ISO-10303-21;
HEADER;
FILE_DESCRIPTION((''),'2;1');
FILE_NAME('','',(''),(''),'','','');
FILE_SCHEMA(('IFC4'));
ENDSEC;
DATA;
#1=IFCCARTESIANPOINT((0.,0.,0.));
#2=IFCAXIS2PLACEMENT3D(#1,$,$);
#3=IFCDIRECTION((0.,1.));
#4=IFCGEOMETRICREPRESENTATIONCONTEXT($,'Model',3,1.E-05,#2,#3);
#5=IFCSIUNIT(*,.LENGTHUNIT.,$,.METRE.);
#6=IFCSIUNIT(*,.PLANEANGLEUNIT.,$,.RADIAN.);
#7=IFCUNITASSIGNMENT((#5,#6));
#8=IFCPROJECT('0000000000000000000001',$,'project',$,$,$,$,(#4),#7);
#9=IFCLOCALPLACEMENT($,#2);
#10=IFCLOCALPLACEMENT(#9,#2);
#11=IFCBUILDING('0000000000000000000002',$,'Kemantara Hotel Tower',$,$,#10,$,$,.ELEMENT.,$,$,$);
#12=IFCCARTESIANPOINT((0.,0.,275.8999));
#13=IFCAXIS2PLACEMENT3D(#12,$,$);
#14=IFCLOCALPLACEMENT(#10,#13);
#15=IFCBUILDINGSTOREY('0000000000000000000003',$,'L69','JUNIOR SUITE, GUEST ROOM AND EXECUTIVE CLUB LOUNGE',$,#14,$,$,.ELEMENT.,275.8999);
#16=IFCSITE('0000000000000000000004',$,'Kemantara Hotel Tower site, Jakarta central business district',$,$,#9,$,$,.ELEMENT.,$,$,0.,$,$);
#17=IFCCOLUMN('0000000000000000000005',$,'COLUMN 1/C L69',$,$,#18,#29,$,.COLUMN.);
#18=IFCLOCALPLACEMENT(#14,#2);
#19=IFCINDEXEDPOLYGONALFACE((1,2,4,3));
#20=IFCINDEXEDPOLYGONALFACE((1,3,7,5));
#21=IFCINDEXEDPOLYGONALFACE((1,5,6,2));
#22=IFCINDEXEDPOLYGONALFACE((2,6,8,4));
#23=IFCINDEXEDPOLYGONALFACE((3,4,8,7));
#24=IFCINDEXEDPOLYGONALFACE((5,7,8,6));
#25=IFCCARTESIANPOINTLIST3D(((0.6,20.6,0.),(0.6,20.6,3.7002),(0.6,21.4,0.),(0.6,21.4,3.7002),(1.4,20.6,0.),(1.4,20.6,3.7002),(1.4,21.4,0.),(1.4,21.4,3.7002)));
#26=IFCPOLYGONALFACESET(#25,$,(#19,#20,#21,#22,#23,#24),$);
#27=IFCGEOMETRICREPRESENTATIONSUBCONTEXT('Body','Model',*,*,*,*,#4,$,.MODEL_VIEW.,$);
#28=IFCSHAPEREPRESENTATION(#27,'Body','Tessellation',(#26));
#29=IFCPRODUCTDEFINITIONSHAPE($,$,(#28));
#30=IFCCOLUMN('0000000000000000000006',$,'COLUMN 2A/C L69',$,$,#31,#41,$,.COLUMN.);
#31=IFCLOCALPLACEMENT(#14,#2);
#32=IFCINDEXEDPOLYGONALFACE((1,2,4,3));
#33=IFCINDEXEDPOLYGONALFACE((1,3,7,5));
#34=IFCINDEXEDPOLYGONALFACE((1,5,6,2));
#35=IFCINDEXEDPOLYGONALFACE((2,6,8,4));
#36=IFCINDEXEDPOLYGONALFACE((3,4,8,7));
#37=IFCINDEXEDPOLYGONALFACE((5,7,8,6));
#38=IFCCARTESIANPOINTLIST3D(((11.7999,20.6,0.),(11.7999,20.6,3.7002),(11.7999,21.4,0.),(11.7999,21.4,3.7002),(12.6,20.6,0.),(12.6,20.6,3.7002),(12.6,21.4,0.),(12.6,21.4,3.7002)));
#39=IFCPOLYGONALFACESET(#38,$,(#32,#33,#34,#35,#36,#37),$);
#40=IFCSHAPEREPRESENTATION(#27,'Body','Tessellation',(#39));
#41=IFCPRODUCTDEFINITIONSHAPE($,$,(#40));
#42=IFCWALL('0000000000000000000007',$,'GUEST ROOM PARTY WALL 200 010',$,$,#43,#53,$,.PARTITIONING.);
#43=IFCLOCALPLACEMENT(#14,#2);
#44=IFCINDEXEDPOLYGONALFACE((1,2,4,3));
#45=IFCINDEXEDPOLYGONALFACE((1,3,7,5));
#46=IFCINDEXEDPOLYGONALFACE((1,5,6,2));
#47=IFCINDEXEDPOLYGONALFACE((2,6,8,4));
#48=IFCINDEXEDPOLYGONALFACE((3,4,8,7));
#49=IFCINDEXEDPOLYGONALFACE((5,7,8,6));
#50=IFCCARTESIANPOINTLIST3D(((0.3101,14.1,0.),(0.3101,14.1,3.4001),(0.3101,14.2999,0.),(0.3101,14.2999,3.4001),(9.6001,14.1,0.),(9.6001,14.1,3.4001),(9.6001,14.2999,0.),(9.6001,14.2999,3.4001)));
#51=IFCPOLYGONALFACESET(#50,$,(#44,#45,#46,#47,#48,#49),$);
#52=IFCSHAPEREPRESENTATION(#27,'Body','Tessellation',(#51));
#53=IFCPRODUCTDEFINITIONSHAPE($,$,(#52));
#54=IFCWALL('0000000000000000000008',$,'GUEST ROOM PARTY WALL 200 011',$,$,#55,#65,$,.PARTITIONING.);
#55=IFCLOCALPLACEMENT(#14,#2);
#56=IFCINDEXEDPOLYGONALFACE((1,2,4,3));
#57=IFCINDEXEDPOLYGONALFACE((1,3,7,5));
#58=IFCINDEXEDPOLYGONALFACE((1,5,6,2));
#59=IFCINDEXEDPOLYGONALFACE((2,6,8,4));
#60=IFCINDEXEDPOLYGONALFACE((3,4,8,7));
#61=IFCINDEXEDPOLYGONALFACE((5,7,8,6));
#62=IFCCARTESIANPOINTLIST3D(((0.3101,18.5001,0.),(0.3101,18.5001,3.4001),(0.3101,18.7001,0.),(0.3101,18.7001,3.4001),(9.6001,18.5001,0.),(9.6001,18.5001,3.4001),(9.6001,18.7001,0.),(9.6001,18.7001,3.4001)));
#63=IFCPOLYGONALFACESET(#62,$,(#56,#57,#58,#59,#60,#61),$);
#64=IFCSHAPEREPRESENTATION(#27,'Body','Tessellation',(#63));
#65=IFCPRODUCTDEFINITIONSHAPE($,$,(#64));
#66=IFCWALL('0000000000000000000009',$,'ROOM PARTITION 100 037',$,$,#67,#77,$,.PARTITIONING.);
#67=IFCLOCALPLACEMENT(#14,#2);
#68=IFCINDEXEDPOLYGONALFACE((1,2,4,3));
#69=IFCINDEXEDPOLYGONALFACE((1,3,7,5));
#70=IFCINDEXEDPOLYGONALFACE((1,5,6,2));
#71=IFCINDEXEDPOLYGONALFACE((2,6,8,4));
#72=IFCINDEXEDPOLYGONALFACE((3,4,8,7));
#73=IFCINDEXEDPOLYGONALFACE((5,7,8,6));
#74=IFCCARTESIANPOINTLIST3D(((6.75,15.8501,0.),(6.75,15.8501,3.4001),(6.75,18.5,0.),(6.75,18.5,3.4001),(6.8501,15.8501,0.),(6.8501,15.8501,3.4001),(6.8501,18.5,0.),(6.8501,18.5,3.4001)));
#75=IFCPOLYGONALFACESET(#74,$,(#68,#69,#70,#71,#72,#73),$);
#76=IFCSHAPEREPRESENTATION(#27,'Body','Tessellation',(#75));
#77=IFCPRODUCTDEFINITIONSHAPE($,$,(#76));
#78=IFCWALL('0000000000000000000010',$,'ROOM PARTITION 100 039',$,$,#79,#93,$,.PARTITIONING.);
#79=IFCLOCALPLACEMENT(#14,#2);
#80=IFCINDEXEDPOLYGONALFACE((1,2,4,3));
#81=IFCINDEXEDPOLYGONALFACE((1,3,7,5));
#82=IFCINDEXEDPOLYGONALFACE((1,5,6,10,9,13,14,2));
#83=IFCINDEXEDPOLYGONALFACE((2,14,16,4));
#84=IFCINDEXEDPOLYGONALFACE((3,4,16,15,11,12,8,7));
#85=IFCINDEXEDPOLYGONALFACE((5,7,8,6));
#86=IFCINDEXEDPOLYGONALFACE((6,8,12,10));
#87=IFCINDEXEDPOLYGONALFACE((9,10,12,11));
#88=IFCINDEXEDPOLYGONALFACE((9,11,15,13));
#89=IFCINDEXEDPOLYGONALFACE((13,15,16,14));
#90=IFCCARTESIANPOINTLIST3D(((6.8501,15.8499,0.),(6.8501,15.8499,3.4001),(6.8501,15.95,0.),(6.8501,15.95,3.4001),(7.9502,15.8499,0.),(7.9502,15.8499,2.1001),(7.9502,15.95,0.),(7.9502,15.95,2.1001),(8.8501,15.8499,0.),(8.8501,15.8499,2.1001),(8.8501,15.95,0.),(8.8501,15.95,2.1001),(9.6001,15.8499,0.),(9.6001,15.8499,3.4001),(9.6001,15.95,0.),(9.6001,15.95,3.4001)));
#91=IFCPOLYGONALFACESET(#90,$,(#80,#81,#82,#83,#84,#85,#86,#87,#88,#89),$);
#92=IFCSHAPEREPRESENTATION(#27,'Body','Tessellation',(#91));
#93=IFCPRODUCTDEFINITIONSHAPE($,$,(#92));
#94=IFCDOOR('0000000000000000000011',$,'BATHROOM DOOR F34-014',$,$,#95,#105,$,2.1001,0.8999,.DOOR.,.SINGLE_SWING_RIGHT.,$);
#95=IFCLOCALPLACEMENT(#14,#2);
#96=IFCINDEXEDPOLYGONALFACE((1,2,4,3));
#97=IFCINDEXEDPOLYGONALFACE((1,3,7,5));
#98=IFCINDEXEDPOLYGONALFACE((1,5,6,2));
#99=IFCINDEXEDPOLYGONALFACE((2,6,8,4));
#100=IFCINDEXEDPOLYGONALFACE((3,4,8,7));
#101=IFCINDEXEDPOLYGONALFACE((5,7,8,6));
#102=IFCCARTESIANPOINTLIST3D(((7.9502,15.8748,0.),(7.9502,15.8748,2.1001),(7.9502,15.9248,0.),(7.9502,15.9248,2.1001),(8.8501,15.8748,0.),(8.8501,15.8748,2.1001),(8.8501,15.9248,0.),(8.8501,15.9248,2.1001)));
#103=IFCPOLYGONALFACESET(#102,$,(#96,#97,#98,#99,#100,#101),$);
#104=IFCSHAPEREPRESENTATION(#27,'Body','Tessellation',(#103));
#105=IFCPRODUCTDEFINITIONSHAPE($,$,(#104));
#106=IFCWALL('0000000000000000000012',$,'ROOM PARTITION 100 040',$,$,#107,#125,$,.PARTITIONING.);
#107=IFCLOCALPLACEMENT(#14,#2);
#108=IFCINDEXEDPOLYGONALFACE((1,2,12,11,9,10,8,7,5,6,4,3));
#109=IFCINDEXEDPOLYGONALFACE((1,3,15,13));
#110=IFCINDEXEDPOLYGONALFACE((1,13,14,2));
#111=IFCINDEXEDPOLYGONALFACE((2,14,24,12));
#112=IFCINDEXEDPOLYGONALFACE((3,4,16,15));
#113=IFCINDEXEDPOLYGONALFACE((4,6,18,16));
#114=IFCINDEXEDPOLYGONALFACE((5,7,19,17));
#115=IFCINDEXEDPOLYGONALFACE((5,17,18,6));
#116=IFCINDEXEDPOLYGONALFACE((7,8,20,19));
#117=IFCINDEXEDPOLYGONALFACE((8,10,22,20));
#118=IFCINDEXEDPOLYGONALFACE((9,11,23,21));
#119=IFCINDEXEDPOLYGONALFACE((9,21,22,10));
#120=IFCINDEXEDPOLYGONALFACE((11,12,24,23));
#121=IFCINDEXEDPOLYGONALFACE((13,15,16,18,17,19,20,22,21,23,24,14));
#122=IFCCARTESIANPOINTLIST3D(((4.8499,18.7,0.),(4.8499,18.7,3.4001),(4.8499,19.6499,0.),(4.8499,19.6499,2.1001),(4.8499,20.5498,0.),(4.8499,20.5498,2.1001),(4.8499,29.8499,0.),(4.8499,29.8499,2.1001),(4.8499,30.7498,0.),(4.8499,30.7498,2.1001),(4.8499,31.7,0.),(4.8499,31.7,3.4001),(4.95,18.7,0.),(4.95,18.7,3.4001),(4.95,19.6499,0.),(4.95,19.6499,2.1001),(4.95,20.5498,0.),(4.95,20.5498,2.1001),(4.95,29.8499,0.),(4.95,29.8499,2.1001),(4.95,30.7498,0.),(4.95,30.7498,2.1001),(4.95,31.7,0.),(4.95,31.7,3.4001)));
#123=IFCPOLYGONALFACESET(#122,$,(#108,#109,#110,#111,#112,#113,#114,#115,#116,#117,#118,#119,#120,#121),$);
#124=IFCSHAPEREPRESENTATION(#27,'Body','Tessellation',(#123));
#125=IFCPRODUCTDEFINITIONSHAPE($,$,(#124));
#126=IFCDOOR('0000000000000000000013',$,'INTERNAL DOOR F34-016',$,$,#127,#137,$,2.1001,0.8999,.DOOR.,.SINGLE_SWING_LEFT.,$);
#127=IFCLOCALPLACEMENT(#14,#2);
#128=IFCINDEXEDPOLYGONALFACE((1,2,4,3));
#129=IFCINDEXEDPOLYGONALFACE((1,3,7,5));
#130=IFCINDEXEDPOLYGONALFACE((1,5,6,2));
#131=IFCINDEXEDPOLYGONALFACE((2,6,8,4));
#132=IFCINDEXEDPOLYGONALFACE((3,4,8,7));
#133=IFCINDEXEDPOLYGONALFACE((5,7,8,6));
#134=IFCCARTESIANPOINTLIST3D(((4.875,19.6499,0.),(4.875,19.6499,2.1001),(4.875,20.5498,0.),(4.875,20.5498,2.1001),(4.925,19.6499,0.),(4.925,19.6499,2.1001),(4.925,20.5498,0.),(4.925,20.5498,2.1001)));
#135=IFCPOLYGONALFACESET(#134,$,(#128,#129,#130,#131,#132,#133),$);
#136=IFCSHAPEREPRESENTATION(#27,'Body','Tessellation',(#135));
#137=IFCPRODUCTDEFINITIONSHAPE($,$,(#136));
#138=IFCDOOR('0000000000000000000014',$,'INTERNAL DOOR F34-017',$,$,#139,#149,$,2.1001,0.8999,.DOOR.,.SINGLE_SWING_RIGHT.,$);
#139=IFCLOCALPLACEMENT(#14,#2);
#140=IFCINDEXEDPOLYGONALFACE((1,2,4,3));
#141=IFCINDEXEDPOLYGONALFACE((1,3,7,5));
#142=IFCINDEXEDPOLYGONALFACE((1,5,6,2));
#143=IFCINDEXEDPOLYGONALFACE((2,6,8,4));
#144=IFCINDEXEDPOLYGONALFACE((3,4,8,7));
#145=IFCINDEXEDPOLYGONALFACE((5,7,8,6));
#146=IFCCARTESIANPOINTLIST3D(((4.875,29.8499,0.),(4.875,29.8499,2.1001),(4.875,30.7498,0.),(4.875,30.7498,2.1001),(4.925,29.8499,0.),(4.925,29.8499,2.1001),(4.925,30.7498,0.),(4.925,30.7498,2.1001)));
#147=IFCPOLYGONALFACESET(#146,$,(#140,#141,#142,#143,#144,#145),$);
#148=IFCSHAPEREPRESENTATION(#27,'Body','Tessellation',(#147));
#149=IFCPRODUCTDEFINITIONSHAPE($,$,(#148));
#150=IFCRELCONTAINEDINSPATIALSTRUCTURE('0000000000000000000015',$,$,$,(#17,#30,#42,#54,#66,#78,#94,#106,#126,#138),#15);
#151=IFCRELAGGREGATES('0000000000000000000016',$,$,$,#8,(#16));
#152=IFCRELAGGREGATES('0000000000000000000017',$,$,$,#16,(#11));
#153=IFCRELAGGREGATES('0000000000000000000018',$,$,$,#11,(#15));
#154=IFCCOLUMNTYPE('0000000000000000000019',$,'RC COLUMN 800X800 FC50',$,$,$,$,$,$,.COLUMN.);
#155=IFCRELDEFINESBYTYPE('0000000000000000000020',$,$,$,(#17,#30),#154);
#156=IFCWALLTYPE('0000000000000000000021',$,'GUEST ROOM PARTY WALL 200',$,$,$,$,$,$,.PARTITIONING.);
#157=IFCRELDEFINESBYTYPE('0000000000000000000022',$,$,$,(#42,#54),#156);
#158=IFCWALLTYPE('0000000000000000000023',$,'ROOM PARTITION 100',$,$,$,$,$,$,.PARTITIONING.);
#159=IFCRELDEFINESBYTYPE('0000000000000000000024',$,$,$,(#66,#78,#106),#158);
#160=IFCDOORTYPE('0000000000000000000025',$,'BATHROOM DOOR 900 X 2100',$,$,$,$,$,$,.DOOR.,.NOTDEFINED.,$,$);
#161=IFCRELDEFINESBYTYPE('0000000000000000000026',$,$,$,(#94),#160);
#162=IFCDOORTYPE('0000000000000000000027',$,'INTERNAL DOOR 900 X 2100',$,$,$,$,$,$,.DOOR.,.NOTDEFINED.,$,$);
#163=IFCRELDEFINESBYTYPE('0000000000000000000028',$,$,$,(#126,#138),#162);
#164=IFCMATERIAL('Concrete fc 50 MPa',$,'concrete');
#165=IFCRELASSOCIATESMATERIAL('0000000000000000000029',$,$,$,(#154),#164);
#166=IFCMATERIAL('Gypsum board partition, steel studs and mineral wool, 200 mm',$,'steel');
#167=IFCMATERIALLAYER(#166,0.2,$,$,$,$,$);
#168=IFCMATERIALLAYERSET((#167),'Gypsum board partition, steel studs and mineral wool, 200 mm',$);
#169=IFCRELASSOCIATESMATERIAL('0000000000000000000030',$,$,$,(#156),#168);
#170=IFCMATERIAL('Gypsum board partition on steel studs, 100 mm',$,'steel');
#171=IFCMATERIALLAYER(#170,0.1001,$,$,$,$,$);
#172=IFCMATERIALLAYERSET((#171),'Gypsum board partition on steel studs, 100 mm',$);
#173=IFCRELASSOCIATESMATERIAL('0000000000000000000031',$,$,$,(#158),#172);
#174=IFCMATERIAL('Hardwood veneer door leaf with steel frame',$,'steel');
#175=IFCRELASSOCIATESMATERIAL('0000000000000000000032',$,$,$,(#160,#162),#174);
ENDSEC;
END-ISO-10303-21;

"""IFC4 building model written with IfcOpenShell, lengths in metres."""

from ifc_helpers import new_model, si_unit, direction, frame, frame_2d, origin, origin_2d, place, context, subcontext, project, spatial, rectangle, extrude, material, layer, layer_set, material_profile, profile_set, type_object, element, fill, save


model = new_model("IFC4")

# Units and contexts
model_context = context("Model", 3, precision=1e-05, world=origin(), true_north=direction((0.0, 1.0)))
body_context = subcontext(model_context, "Body", "Model", "MODEL_VIEW")
ifc_project = project(units=[si_unit("LENGTHUNIT", "METRE"), si_unit("PLANEANGLEUNIT", "RADIAN")], contexts=[model_context])

# Site, building, storey
site_placement = place(None, origin())
site = spatial("IfcSite", under=ifc_project, at=site_placement, Name="Kemantara Hotel Tower site, Jakarta central business district", CompositionType="ELEMENT", RefElevation=0.0)
building_placement = place(site_placement, origin())
building = spatial("IfcBuilding", under=site, at=building_placement, Name="Kemantara Hotel Tower", CompositionType="ELEMENT")
storey_placement = place(building_placement, frame((0.0, 0.0, 275.8999)))
storey = spatial("IfcBuildingStorey", under=building, at=storey_placement, Name="L69", Description="JUNIOR SUITE, GUEST ROOM AND EXECUTIVE CLUB LOUNGE", CompositionType="ELEMENT", Elevation=275.8999)

# Columns
ifc_material_1 = material(Name="Concrete fc 50 MPa", Category="concrete")
ifc_material_profile = material_profile(ifc_material_1, rectangle(XDim=0.8, YDim=0.8, at=origin_2d()), Name="RC 800X800")
ifc_profile_set = profile_set([ifc_material_profile], Name="Concrete fc 50 MPa")
column_type = type_object("IfcColumnType", Name="RC COLUMN 800X800 FC50", PredefinedType="COLUMN", material=ifc_profile_set)
for number, where, z_axis, x_axis, name in (
    (1, (1.0, 21.0, 0.0), (0.0, 0.0, 1.0), (1.0, 0.0, 0.0), "COLUMN 1/C L69"),
    (2, (12.2, 21.0, 0.0), (0.0, 0.0, 1.0), (1.0, 0.0, 0.0), "COLUMN 2A/C L69"),
):
    element("IfcColumn", number, at=place(storey_placement, frame(where, z_axis=z_axis, x_axis=x_axis)), inside=storey, type_object=column_type, Name=name, PredefinedType="COLUMN", context=body_context, shape_type="SweptSolid", body=[
        extrude(rectangle(XDim=0.8, YDim=0.8, at=origin_2d()), origin(), (0.0, 0.0, 1.0), 3.7002),
    ])

# Walls
ifc_material_2 = material(Name="Gypsum board partition, steel studs and mineral wool, 200 mm", Category="steel")
ifc_layer_1 = layer(ifc_material_2, 0.2)
ifc_layer_set_1 = layer_set([ifc_layer_1], Name="Gypsum board partition, steel studs and mineral wool, 200 mm")
wall_type_1 = type_object("IfcWallType", Name="GUEST ROOM PARTY WALL 200", PredefinedType="PARTITIONING", material=ifc_layer_set_1)
for number, where, z_axis, x_axis, name in (
    (3, (0.3101, 14.2, 0.0), (0.0, 0.0, 1.0), (1.0, 0.0, 0.0), "GUEST ROOM PARTY WALL 200 010"),
    (4, (0.3101, 18.6001, 0.0), (0.0, 0.0, 1.0), (1.0, 0.0, 0.0), "GUEST ROOM PARTY WALL 200 011"),
):
    element("IfcWall", number, at=place(storey_placement, frame(where, z_axis=z_axis, x_axis=x_axis)), inside=storey, type_object=wall_type_1, Name=name, PredefinedType="PARTITIONING", context=body_context, shape_type="SweptSolid", body=[
        extrude(rectangle(XDim=9.29, YDim=0.2, at=frame_2d((4.645, 0.0))), origin(), (0.0, 0.0, 1.0), 3.4001),
    ])
ifc_material_3 = material(Name="Gypsum board partition on steel studs, 100 mm", Category="steel")
ifc_layer_2 = layer(ifc_material_3, 0.1001)
ifc_layer_set_2 = layer_set([ifc_layer_2], Name="Gypsum board partition on steel studs, 100 mm")
wall_type_2 = type_object("IfcWallType", Name="ROOM PARTITION 100", PredefinedType="PARTITIONING", material=ifc_layer_set_2)
wall_1_placement = place(storey_placement, frame((6.8, 15.8501, 0.0), z_axis=(0.0, 0.0, 1.0), x_axis=(0.0, 1.0, 0.0)))
element("IfcWall", 5, at=wall_1_placement, inside=storey, type_object=wall_type_2, Name="ROOM PARTITION 100 037", PredefinedType="PARTITIONING", context=body_context, shape_type="SweptSolid", body=[
    extrude(rectangle(XDim=2.6499, YDim=0.1001, at=frame_2d((1.325, 0.0))), origin(), (0.0, 0.0, 1.0), 3.4001),
])

# Wall, opening, door
wall_2_placement = place(storey_placement, frame((6.8501, 15.8999, 0.0), z_axis=(0.0, 0.0, 1.0), x_axis=(1.0, 0.0, 0.0)))
wall_2 = element("IfcWall", 6, at=wall_2_placement, inside=storey, type_object=wall_type_2, Name="ROOM PARTITION 100 039", PredefinedType="PARTITIONING", context=body_context, shape_type="SweptSolid", body=[
    extrude(rectangle(XDim=2.75, YDim=0.1001, at=frame_2d((1.375, 0.0))), origin(), (0.0, 0.0, 1.0), 3.4001),
])
opening_1_placement = place(wall_2_placement, frame((1.1001, 0.0, 0.0)))
opening_1 = element("IfcOpeningElement", 7, at=opening_1_placement, cuts=wall_2, PredefinedType="OPENING", context=body_context, shape_type="SweptSolid", body=[
    extrude(rectangle(XDim=0.8999, YDim=2.1001, at=frame_2d((0.45, 1.05))), frame((0.0, 0.0601, 0.0), z_axis=(0.0, -1.0, 0.0), x_axis=(1.0, 0.0, 0.0)), (0.0, 0.0, 1.0), 0.1201),
])
ifc_material_4 = material(Name="Hardwood veneer door leaf with steel frame", Category="steel")
door_type_1 = type_object("IfcDoorType", Name="BATHROOM DOOR 900 X 2100", OperationType="NOTDEFINED", PredefinedType="DOOR", material=ifc_material_4)
door_1_placement = place(opening_1_placement, origin())
door_1 = element("IfcDoor", 8, at=door_1_placement, inside=storey, type_object=door_type_1, Name="BATHROOM DOOR F34-014", OperationType="SINGLE_SWING_RIGHT", OverallHeight=2.1001, OverallWidth=0.8999, PredefinedType="DOOR", context=body_context, shape_type="SweptSolid", body=[
    extrude(rectangle(XDim=0.8999, YDim=2.1001, at=frame_2d((0.45, 1.05))), frame((0.0, 0.0249, 0.0), z_axis=(0.0, -1.0, 0.0), x_axis=(1.0, 0.0, 0.0)), (0.0, 0.0, 1.0), 0.05),
])
fill(opening_1, door_1)

# Wall, openings, doors
wall_3_placement = place(storey_placement, frame((4.8999, 18.7, 0.0), z_axis=(0.0, 0.0, 1.0), x_axis=(0.0, 1.0, 0.0)))
wall_3 = element("IfcWall", 9, at=wall_3_placement, inside=storey, type_object=wall_type_2, Name="ROOM PARTITION 100 040", PredefinedType="PARTITIONING", context=body_context, shape_type="SweptSolid", body=[
    extrude(rectangle(XDim=13.0, YDim=0.1001, at=frame_2d((6.5, 0.0))), origin(), (0.0, 0.0, 1.0), 3.4001),
])
opening_2_placement = place(wall_3_placement, frame((0.95, 0.0, 0.0)))
opening_2 = element("IfcOpeningElement", 10, at=opening_2_placement, cuts=wall_3, PredefinedType="OPENING", context=body_context, shape_type="SweptSolid", body=[
    extrude(rectangle(XDim=0.8999, YDim=2.1001, at=frame_2d((0.45, 1.05))), frame((0.0, 0.0601, 0.0), z_axis=(0.0, -1.0, 0.0), x_axis=(1.0, 0.0, 0.0)), (0.0, 0.0, 1.0), 0.1201),
])
opening_3_placement = place(wall_3_placement, frame((11.1499, 0.0, 0.0)))
opening_3 = element("IfcOpeningElement", 11, at=opening_3_placement, cuts=wall_3, PredefinedType="OPENING", context=body_context, shape_type="SweptSolid", body=[
    extrude(rectangle(XDim=0.8999, YDim=2.1001, at=frame_2d((0.45, 1.05))), frame((0.0, 0.0601, 0.0), z_axis=(0.0, -1.0, 0.0), x_axis=(1.0, 0.0, 0.0)), (0.0, 0.0, 1.0), 0.1201),
])
door_type_2 = type_object("IfcDoorType", Name="INTERNAL DOOR 900 X 2100", OperationType="NOTDEFINED", PredefinedType="DOOR", material=ifc_material_4)
door_2_placement = place(opening_2_placement, origin())
door_2 = element("IfcDoor", 12, at=door_2_placement, inside=storey, type_object=door_type_2, Name="INTERNAL DOOR F34-016", OperationType="SINGLE_SWING_LEFT", OverallHeight=2.1001, OverallWidth=0.8999, PredefinedType="DOOR", context=body_context, shape_type="SweptSolid", body=[
    extrude(rectangle(XDim=0.8999, YDim=2.1001, at=frame_2d((0.45, 1.05))), frame((0.0, 0.0249, 0.0), z_axis=(0.0, -1.0, 0.0), x_axis=(1.0, 0.0, 0.0)), (0.0, 0.0, 1.0), 0.05),
])
fill(opening_2, door_2)
door_3_placement = place(opening_3_placement, origin())
door_3 = element("IfcDoor", 13, at=door_3_placement, inside=storey, type_object=door_type_2, Name="INTERNAL DOOR F34-017", OperationType="SINGLE_SWING_RIGHT", OverallHeight=2.1001, OverallWidth=0.8999, PredefinedType="DOOR", context=body_context, shape_type="SweptSolid", body=[
    extrude(rectangle(XDim=0.8999, YDim=2.1001, at=frame_2d((0.45, 1.05))), frame((0.0, 0.0249, 0.0), z_axis=(0.0, -1.0, 0.0), x_axis=(1.0, 0.0, 0.0)), (0.0, 0.0, 1.0), 0.05),
])
fill(opening_3, door_3)

save(model, "model.ifc")
